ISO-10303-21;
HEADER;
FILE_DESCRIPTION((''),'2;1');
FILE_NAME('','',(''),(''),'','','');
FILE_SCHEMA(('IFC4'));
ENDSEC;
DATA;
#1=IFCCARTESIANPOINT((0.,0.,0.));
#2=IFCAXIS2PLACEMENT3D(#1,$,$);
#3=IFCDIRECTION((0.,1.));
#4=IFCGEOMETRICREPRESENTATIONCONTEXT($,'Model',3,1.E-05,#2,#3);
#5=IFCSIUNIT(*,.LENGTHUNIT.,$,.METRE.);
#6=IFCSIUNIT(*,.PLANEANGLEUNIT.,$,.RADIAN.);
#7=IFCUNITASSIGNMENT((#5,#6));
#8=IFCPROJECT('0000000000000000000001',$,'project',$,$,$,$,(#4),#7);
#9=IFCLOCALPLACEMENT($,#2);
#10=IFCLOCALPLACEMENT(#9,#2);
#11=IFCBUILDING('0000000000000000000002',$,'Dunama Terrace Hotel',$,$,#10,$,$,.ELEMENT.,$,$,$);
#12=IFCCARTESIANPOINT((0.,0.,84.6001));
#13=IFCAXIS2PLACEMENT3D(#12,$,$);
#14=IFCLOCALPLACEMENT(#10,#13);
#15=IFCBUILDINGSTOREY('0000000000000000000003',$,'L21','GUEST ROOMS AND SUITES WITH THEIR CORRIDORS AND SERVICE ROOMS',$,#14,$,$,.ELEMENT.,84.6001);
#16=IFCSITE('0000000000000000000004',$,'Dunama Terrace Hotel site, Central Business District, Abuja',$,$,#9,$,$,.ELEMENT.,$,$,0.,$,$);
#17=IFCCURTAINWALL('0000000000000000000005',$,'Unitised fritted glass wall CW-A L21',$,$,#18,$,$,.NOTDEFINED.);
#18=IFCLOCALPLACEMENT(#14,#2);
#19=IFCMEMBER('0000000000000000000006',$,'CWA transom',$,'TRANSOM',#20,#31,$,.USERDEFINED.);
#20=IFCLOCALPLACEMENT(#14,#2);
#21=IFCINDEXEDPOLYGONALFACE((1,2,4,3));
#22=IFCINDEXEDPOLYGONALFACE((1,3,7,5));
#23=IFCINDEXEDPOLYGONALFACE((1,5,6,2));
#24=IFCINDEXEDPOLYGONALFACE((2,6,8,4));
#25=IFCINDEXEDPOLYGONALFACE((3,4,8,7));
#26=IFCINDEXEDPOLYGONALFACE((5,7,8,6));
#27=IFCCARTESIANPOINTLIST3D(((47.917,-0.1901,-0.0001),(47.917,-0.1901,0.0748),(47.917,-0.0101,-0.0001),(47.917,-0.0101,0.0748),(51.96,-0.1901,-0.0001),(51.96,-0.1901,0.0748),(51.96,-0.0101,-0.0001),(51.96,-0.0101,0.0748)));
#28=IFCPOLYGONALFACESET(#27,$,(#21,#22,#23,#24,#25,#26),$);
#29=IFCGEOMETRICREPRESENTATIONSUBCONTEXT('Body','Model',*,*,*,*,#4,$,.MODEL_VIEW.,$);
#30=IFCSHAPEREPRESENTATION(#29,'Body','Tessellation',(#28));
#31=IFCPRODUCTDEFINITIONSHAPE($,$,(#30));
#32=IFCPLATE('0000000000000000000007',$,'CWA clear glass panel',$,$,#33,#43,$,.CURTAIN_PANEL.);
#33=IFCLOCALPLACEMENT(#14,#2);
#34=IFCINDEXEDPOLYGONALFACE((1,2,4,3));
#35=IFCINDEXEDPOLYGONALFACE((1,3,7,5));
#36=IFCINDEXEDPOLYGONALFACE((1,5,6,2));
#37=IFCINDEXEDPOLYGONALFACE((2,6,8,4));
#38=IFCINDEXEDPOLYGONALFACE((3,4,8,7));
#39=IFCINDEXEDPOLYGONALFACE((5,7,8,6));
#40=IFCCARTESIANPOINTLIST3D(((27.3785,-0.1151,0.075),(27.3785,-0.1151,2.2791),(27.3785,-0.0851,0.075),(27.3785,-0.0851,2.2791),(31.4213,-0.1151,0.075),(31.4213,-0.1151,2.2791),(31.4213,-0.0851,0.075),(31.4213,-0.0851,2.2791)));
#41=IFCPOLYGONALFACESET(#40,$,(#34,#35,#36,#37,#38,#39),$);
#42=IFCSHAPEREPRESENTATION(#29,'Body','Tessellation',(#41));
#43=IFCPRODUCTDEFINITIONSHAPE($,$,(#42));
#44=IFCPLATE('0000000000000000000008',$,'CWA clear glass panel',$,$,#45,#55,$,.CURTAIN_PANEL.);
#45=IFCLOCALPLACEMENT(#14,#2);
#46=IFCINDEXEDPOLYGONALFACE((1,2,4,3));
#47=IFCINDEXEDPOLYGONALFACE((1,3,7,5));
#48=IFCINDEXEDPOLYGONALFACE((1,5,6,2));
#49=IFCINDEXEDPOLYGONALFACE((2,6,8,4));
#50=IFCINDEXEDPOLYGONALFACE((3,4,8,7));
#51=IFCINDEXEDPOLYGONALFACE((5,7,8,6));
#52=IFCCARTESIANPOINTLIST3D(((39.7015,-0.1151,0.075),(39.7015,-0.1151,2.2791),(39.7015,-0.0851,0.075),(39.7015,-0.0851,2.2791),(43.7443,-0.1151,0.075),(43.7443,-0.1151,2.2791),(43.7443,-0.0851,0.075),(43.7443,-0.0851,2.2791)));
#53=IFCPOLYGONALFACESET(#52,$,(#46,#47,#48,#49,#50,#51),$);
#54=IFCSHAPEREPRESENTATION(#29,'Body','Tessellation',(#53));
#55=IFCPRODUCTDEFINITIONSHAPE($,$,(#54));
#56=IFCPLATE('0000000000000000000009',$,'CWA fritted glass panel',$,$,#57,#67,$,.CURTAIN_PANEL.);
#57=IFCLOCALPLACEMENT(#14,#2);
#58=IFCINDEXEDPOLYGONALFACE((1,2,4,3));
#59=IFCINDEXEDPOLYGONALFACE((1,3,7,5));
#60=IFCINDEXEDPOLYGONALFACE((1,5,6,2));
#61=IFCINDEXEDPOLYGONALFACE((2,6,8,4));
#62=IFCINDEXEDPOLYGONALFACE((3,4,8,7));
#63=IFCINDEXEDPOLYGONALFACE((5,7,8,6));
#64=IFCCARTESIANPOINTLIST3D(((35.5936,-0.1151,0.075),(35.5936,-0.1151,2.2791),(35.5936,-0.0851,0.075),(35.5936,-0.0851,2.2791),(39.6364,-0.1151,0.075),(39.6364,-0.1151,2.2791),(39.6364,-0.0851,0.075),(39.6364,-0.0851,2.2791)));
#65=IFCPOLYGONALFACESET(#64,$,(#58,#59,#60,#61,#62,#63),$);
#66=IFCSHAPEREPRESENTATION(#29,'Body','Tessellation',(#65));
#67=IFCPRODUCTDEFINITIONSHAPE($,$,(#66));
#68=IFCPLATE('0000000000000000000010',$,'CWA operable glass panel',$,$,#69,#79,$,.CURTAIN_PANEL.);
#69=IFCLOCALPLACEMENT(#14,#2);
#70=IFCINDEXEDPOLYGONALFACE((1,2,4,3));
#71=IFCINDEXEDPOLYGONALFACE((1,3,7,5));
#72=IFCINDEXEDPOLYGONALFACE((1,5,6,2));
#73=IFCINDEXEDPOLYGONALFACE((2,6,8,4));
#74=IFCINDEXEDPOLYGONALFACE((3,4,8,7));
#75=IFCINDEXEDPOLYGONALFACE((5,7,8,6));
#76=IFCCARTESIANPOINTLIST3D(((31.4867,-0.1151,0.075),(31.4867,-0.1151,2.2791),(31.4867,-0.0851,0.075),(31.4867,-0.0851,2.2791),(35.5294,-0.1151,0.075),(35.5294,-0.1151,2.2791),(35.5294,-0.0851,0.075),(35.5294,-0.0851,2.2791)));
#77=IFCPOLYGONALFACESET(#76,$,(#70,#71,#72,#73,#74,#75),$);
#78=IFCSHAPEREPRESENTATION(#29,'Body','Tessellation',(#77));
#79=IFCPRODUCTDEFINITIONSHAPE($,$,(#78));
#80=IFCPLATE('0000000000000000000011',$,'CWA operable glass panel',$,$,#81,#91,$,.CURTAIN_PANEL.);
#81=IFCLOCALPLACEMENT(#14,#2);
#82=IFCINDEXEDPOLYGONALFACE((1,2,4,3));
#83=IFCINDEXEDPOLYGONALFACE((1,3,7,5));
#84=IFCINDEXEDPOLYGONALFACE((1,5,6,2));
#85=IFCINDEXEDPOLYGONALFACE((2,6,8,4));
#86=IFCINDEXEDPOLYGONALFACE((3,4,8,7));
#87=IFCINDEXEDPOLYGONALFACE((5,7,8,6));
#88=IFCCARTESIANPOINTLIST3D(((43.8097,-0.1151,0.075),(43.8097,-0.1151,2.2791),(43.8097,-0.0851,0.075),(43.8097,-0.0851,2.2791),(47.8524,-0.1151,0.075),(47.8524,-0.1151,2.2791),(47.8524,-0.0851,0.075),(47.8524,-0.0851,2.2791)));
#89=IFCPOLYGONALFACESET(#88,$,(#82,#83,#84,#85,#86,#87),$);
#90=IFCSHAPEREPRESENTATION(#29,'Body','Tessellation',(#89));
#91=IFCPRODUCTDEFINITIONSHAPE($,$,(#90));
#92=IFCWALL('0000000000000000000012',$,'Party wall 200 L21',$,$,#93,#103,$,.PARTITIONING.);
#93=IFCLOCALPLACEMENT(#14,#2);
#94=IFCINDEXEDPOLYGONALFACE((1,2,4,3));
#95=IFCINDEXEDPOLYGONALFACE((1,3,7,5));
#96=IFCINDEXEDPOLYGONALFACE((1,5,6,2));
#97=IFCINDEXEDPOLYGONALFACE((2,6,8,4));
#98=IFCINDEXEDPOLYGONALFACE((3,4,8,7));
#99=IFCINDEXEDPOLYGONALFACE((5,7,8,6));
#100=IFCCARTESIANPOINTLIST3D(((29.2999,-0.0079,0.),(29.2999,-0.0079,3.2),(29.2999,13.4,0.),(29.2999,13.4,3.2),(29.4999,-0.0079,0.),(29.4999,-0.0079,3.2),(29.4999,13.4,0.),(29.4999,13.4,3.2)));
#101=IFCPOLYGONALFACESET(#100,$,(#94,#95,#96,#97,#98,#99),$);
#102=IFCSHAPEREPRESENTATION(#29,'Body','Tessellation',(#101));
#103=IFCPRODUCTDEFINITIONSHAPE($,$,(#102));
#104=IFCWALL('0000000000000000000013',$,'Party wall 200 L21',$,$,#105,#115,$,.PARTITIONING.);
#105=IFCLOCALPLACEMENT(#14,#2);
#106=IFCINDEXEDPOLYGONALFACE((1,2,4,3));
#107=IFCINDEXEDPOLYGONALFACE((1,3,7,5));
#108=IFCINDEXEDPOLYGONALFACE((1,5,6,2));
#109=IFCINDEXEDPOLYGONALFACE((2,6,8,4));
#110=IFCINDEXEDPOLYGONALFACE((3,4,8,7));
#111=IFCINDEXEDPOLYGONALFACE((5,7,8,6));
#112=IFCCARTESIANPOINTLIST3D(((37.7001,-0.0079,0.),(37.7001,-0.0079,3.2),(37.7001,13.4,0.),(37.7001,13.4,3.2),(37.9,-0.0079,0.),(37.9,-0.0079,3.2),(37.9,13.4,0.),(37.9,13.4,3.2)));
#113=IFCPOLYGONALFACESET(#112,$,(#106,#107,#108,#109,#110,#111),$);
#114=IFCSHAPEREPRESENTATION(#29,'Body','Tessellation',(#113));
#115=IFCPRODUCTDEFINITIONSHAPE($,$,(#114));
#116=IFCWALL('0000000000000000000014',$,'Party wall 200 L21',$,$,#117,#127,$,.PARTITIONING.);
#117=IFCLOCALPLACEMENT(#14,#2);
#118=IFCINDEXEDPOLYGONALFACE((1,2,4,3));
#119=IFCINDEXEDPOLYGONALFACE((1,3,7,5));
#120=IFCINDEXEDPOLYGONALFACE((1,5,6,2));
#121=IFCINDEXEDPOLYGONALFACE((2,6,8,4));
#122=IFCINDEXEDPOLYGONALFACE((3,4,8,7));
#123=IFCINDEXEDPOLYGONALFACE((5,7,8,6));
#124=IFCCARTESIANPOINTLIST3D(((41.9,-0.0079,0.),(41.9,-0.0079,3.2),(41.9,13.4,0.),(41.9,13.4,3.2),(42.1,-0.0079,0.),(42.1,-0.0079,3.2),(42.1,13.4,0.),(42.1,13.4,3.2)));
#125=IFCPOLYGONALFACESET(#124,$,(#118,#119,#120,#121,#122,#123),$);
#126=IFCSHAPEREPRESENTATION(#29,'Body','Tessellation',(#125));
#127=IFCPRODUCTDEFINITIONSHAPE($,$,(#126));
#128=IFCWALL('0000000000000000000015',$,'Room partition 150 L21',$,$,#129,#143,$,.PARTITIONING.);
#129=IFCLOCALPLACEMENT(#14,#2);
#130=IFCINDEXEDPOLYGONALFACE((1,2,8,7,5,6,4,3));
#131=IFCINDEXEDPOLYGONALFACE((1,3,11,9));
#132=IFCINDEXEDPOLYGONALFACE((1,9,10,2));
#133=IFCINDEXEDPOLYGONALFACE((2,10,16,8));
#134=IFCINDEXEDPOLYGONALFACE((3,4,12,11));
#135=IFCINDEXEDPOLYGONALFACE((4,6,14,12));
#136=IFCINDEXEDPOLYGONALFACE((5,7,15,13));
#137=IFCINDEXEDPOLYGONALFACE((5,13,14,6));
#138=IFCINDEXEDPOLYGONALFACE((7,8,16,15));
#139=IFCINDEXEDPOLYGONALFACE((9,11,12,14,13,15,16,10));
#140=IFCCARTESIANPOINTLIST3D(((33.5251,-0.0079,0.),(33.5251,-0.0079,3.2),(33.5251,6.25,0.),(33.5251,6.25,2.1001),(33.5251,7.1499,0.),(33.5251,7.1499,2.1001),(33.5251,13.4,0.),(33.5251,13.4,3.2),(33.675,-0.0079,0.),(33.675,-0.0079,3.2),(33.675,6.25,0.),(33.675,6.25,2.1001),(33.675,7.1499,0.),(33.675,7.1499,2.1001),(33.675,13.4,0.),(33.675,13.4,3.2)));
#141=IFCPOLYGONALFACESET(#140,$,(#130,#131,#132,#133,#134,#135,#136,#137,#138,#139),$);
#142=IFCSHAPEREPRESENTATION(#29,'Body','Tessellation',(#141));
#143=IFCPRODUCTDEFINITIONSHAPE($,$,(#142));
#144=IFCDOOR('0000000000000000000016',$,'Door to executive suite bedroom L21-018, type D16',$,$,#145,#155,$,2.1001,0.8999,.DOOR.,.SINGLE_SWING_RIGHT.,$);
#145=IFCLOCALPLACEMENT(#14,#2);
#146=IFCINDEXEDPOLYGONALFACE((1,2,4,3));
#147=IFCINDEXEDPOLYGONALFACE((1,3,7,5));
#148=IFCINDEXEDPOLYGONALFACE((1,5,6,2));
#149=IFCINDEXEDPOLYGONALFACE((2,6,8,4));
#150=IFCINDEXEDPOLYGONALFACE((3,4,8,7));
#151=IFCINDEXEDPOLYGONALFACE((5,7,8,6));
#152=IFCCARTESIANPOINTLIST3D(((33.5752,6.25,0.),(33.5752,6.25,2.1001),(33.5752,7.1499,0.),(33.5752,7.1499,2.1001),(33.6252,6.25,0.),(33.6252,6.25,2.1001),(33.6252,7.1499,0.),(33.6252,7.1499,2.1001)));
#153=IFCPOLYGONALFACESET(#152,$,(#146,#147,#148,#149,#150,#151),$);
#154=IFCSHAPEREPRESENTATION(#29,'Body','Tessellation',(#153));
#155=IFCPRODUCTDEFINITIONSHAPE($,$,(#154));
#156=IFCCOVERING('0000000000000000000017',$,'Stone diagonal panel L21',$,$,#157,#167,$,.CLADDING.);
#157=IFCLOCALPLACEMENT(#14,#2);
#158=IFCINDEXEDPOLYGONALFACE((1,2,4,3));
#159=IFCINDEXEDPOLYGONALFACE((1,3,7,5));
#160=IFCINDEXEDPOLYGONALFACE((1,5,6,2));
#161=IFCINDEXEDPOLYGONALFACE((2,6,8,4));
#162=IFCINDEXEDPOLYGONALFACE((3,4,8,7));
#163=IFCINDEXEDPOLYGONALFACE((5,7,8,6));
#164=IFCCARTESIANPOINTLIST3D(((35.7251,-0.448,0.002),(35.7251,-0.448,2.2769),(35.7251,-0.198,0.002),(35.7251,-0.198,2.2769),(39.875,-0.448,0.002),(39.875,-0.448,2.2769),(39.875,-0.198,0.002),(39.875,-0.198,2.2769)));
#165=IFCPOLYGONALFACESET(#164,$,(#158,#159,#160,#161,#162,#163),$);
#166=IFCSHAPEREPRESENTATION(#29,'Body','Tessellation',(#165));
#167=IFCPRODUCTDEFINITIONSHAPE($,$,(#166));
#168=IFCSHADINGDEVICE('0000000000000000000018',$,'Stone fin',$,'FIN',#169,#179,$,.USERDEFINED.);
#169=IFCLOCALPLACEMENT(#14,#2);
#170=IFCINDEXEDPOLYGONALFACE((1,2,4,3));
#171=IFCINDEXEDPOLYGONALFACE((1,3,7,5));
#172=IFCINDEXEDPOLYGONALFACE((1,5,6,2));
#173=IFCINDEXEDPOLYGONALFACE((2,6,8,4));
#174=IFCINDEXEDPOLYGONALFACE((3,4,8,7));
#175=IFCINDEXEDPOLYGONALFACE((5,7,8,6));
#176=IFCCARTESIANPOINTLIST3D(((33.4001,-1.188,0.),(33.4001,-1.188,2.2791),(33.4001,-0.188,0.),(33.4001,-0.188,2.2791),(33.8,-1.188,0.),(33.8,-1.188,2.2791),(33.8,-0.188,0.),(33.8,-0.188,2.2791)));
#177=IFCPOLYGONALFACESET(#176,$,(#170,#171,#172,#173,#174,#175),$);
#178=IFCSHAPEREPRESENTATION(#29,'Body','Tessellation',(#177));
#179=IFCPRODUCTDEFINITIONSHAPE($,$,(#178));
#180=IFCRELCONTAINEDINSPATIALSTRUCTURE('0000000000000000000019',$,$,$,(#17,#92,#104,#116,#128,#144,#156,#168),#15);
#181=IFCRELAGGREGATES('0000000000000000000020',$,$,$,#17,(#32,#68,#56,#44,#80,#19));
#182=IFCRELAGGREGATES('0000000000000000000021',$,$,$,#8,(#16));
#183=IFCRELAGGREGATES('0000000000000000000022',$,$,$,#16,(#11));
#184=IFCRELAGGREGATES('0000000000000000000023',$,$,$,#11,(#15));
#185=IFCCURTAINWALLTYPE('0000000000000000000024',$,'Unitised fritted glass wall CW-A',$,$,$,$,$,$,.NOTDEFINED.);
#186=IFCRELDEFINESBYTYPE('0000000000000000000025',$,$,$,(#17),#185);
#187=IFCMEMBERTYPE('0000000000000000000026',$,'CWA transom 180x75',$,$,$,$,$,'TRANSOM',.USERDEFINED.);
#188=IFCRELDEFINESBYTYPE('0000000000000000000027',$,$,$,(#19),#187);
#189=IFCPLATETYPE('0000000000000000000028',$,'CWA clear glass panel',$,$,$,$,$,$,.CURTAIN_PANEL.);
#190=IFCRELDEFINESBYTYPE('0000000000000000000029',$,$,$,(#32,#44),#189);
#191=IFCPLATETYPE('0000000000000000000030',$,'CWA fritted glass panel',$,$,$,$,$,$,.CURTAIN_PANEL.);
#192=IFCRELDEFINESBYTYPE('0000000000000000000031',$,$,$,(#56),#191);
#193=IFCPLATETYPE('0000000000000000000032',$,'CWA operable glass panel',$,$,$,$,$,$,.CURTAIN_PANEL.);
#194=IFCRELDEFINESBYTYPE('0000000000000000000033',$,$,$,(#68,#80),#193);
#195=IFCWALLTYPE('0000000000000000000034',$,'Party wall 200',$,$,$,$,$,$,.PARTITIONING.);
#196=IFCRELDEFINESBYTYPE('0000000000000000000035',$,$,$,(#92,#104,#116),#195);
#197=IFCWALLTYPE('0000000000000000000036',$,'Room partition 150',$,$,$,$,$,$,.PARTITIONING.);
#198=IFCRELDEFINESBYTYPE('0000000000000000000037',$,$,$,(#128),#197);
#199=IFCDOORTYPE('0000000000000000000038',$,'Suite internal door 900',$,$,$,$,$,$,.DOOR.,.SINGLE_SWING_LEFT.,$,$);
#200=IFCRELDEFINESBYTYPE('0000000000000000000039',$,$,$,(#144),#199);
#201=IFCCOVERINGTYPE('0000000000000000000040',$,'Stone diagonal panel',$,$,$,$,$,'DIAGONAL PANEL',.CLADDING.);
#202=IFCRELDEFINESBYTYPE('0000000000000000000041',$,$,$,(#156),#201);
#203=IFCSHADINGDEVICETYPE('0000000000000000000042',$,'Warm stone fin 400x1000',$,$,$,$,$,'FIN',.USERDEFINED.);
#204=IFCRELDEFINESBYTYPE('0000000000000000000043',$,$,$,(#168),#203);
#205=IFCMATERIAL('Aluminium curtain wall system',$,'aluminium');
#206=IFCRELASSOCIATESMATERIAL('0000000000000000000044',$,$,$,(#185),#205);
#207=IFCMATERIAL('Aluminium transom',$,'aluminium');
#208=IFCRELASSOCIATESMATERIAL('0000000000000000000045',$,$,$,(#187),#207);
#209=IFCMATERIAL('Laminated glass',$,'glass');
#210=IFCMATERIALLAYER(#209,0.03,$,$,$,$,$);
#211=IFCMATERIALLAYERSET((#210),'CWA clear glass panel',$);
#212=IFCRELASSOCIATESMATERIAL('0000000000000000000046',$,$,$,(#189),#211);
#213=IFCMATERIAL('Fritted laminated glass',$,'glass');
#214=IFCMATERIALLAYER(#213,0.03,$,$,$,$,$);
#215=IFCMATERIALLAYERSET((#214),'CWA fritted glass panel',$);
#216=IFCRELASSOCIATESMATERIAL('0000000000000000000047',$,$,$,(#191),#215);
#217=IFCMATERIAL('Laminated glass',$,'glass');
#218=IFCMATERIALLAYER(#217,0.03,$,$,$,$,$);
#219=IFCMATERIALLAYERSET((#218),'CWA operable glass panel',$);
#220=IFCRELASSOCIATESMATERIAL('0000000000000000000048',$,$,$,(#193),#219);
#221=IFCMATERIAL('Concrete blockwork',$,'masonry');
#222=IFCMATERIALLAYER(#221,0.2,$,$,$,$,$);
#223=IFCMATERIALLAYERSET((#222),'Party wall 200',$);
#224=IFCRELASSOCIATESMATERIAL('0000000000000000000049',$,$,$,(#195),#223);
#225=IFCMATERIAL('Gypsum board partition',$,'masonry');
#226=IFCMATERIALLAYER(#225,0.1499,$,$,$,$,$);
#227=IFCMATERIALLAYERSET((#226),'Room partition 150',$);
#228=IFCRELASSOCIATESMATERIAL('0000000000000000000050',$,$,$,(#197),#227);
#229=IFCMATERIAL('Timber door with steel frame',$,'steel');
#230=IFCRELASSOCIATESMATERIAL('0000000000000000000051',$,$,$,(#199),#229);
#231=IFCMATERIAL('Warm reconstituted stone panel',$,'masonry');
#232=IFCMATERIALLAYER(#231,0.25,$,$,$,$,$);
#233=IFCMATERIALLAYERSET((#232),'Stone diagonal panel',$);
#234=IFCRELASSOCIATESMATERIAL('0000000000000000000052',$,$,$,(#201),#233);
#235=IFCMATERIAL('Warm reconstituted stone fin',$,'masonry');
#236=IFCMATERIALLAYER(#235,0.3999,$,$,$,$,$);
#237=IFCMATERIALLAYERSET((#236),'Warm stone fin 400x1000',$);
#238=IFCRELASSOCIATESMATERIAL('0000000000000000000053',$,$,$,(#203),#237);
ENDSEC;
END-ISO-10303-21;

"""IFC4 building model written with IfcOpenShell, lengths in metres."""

from ifc_helpers import new_model, si_unit, direction, frame, frame_2d, origin, origin_2d, place, context, subcontext, project, spatial, rectangle, extrude, material, layer, layer_set, material_profile, profile_set, type_object, element, fill, aggregate, save


model = new_model("IFC4")

# Units and contexts
model_context = context("Model", 3, precision=1e-05, world=origin(), true_north=direction((0.0, 1.0)))
body_context = subcontext(model_context, "Body", "Model", "MODEL_VIEW")
ifc_project = project(units=[si_unit("LENGTHUNIT", "METRE"), si_unit("PLANEANGLEUNIT", "RADIAN")], contexts=[model_context])

# Site, building, storey
site_placement = place(None, origin())
site = spatial("IfcSite", under=ifc_project, at=site_placement, Name="Dunama Terrace Hotel site, Central Business District, Abuja", CompositionType="ELEMENT", RefElevation=0.0)
building_placement = place(site_placement, origin())
building = spatial("IfcBuilding", under=site, at=building_placement, Name="Dunama Terrace Hotel", CompositionType="ELEMENT")
storey_placement = place(building_placement, frame((0.0, 0.0, 84.6001)))
storey = spatial("IfcBuildingStorey", under=building, at=storey_placement, Name="L21", Description="GUEST ROOMS AND SUITES WITH THEIR CORRIDORS AND SERVICE ROOMS", CompositionType="ELEMENT", Elevation=84.6001)

# Curtain wall, member, plates
ifc_material_1 = material(Name="Aluminium curtain wall system", Category="aluminium")
curtain_wall_type = type_object("IfcCurtainWallType", Name="Unitised fritted glass wall CW-A", PredefinedType="NOTDEFINED", material=ifc_material_1)
curtain_wall_placement = place(storey_placement, origin())
curtain_wall = element("IfcCurtainWall", 1, at=curtain_wall_placement, inside=storey, type_object=curtain_wall_type, Name="Unitised fritted glass wall CW-A L21", PredefinedType="NOTDEFINED")
ifc_material_2 = material(Name="Aluminium transom", Category="aluminium")
ifc_material_profile_1 = material_profile(ifc_material_2, rectangle(XDim=0.1799, YDim=0.075, at=origin_2d()), Name="CWA TRANSOM 180X75")
ifc_profile_set_1 = profile_set([ifc_material_profile_1], Name="Aluminium transom")
member_type_1 = type_object("IfcMemberType", Name="CWA transom 180x75", ElementType="TRANSOM", PredefinedType="USERDEFINED", material=ifc_profile_set_1)
member_1_placement = place(storey_placement, frame((47.917, -0.1001, 0.0374), z_axis=(1.0, 0.0, 0.0), x_axis=(0.0, 1.0, 0.0)))
member_1 = element("IfcMember", 2, at=member_1_placement, type_object=member_type_1, Name="CWA transom", ObjectType="TRANSOM", PredefinedType="USERDEFINED", context=body_context, shape_type="SweptSolid", body=[
    extrude(rectangle(XDim=0.1799, YDim=0.075, at=origin_2d()), origin(), (0.0, 0.0, 1.0), 4.043),
])
ifc_material_3 = material(Name="Laminated glass", Category="glass")
ifc_layer_1 = layer(ifc_material_3, 0.03)
ifc_layer_set_1 = layer_set([ifc_layer_1], Name="CWA clear glass panel")
plate_type_1 = type_object("IfcPlateType", Name="CWA clear glass panel", PredefinedType="CURTAIN_PANEL", material=ifc_layer_set_1)
plate_1_placement = place(storey_placement, frame((29.3999, -0.1001, 0.075), z_axis=(0.0, 0.0, 1.0), x_axis=(1.0, 0.0, 0.0)))
plate_1 = element("IfcPlate", 3, at=plate_1_placement, type_object=plate_type_1, Name="CWA clear glass panel", PredefinedType="CURTAIN_PANEL", context=body_context, shape_type="SweptSolid", body=[
    extrude(rectangle(XDim=4.0427, YDim=0.03, at=origin_2d()), origin(), (0.0, 0.0, 1.0), 2.2041),
])
plate_2_placement = place(storey_placement, frame((41.7229, -0.1001, 0.075), z_axis=(0.0, 0.0, 1.0), x_axis=(1.0, 0.0, 0.0)))
plate_2 = element("IfcPlate", 4, at=plate_2_placement, type_object=plate_type_1, Name="CWA clear glass panel", PredefinedType="CURTAIN_PANEL", context=body_context, shape_type="SweptSolid", body=[
    extrude(rectangle(XDim=4.0427, YDim=0.03, at=origin_2d()), origin(), (0.0, 0.0, 1.0), 2.2041),
])
ifc_material_4 = material(Name="Fritted laminated glass", Category="glass")
ifc_layer_2 = layer(ifc_material_4, 0.03)
ifc_layer_set_2 = layer_set([ifc_layer_2], Name="CWA fritted glass panel")
plate_type_2 = type_object("IfcPlateType", Name="CWA fritted glass panel", PredefinedType="CURTAIN_PANEL", material=ifc_layer_set_2)
plate_3_placement = place(storey_placement, frame((37.615, -0.1001, 0.075), z_axis=(0.0, 0.0, 1.0), x_axis=(1.0, 0.0, 0.0)))
plate_3 = element("IfcPlate", 5, at=plate_3_placement, type_object=plate_type_2, Name="CWA fritted glass panel", PredefinedType="CURTAIN_PANEL", context=body_context, shape_type="SweptSolid", body=[
    extrude(rectangle(XDim=4.0427, YDim=0.03, at=origin_2d()), origin(), (0.0, 0.0, 1.0), 2.2041),
])
ifc_material_5 = material(Name="Laminated glass", Category="glass")
ifc_layer_3 = layer(ifc_material_5, 0.03)
ifc_layer_set_3 = layer_set([ifc_layer_3], Name="CWA operable glass panel")
plate_type_3 = type_object("IfcPlateType", Name="CWA operable glass panel", PredefinedType="CURTAIN_PANEL", material=ifc_layer_set_3)
plate_4_placement = place(storey_placement, frame((33.5081, -0.1001, 0.075), z_axis=(0.0, 0.0, 1.0), x_axis=(1.0, 0.0, 0.0)))
plate_4 = element("IfcPlate", 6, at=plate_4_placement, type_object=plate_type_3, Name="CWA operable glass panel", PredefinedType="CURTAIN_PANEL", context=body_context, shape_type="SweptSolid", body=[
    extrude(rectangle(XDim=4.0427, YDim=0.03, at=origin_2d()), origin(), (0.0, 0.0, 1.0), 2.2041),
])
plate_5_placement = place(storey_placement, frame((45.8311, -0.1001, 0.075), z_axis=(0.0, 0.0, 1.0), x_axis=(1.0, 0.0, 0.0)))
plate_5 = element("IfcPlate", 7, at=plate_5_placement, type_object=plate_type_3, Name="CWA operable glass panel", PredefinedType="CURTAIN_PANEL", context=body_context, shape_type="SweptSolid", body=[
    extrude(rectangle(XDim=4.0427, YDim=0.03, at=origin_2d()), origin(), (0.0, 0.0, 1.0), 2.2041),
])
aggregate(curtain_wall, [plate_1, plate_4, plate_3, plate_2, plate_5, member_1])

# Walls
ifc_material_6 = material(Name="Concrete blockwork", Category="masonry")
ifc_layer_4 = layer(ifc_material_6, 0.2)
ifc_layer_set_4 = layer_set([ifc_layer_4], Name="Party wall 200")
wall_type_1 = type_object("IfcWallType", Name="Party wall 200", PredefinedType="PARTITIONING", material=ifc_layer_set_4)
for number, where, z_axis, x_axis, name in (
    (8, (29.3999, -0.0081, 0.0), (0.0, 0.0, 1.0), (0.0, 1.0, 0.0), "Party wall 200 L21"),
    (9, (37.8, -0.0081, 0.0), (0.0, 0.0, 1.0), (0.0, 1.0, 0.0), "Party wall 200 L21"),
    (10, (42.0, -0.0081, 0.0), (0.0, 0.0, 1.0), (0.0, 1.0, 0.0), "Party wall 200 L21"),
):
    element("IfcWall", number, at=place(storey_placement, frame(where, z_axis=z_axis, x_axis=x_axis)), inside=storey, type_object=wall_type_1, Name=name, PredefinedType="PARTITIONING", context=body_context, shape_type="SweptSolid", body=[
        extrude(rectangle(XDim=13.408, YDim=0.2, at=frame_2d((6.7041, 0.0))), origin(), (0.0, 0.0, 1.0), 3.2),
    ])

# Wall, opening, door
ifc_material_7 = material(Name="Gypsum board partition", Category="masonry")
ifc_layer_5 = layer(ifc_material_7, 0.1499)
ifc_layer_set_5 = layer_set([ifc_layer_5], Name="Room partition 150")
wall_type_2 = type_object("IfcWallType", Name="Room partition 150", PredefinedType="PARTITIONING", material=ifc_layer_set_5)
wall_placement = place(storey_placement, frame((33.6001, -0.0081, 0.0), z_axis=(0.0, 0.0, 1.0), x_axis=(0.0, 1.0, 0.0)))
wall = element("IfcWall", 11, at=wall_placement, inside=storey, type_object=wall_type_2, Name="Room partition 150 L21", PredefinedType="PARTITIONING", context=body_context, shape_type="SweptSolid", body=[
    extrude(rectangle(XDim=13.408, YDim=0.1499, at=frame_2d((6.7041, 0.0))), origin(), (0.0, 0.0, 1.0), 3.2),
])
opening_placement = place(wall_placement, frame((6.2581, 0.0, 0.0)))
opening = element("IfcOpeningElement", 12, at=opening_placement, cuts=wall, PredefinedType="OPENING", context=body_context, shape_type="SweptSolid", body=[
    extrude(rectangle(XDim=0.8999, YDim=2.1001, at=frame_2d((0.45, 1.05))), frame((0.0, 0.085, 0.0), z_axis=(0.0, -1.0, 0.0), x_axis=(1.0, 0.0, 0.0)), (0.0, 0.0, 1.0), 0.1699),
])
ifc_material_8 = material(Name="Timber door with steel frame", Category="steel")
door_type = type_object("IfcDoorType", Name="Suite internal door 900", OperationType="SINGLE_SWING_LEFT", PredefinedType="DOOR", material=ifc_material_8)
door_placement = place(opening_placement, frame((0.8999, 0.0, 0.0), z_axis=(0.0, 0.0, 1.0), x_axis=(-1.0, 0.0, 0.0)))
door = element("IfcDoor", 13, at=door_placement, inside=storey, type_object=door_type, Name="Door to executive suite bedroom L21-018, type D16", OperationType="SINGLE_SWING_RIGHT", OverallHeight=2.1001, OverallWidth=0.8999, PredefinedType="DOOR", context=body_context, shape_type="SweptSolid", body=[
    extrude(rectangle(XDim=0.8999, YDim=2.1001, at=frame_2d((0.45, 1.05))), frame((0.0, 0.0251, 0.0), z_axis=(0.0, -1.0, 0.0), x_axis=(1.0, 0.0, 0.0)), (0.0, 0.0, 1.0), 0.05),
])
fill(opening, door)

# Covering
ifc_material_9 = material(Name="Warm reconstituted stone panel", Category="masonry")
ifc_layer_6 = layer(ifc_material_9, 0.25)
ifc_layer_set_6 = layer_set([ifc_layer_6], Name="Stone diagonal panel")
covering_type = type_object("IfcCoveringType", Name="Stone diagonal panel", ElementType="DIAGONAL PANEL", PredefinedType="CLADDING", material=ifc_layer_set_6)
covering_placement = place(storey_placement, frame((37.8, -0.323, 0.002), z_axis=(0.0, 0.0, 1.0), x_axis=(1.0, 0.0, 0.0)))
element("IfcCovering", 14, at=covering_placement, inside=storey, type_object=covering_type, Name="Stone diagonal panel L21", PredefinedType="CLADDING", context=body_context, shape_type="SweptSolid", body=[
    extrude(rectangle(XDim=4.1499, YDim=0.25, at=origin_2d()), origin(), (0.0, 0.0, 1.0), 2.2749),
])

# Shading device
ifc_material_10 = material(Name="Warm reconstituted stone fin", Category="masonry")
ifc_layer_7 = layer(ifc_material_10, 0.3999)
ifc_layer_set_7 = layer_set([ifc_layer_7], Name="Warm stone fin 400x1000")
shading_device_type = type_object("IfcShadingDeviceType", Name="Warm stone fin 400x1000", ElementType="FIN", PredefinedType="USERDEFINED", material=ifc_layer_set_7)
for number, where, z_axis, x_axis, name in (
    (15, (33.6001, -0.688, 0.0), (0.0, 0.0, 1.0), (1.0, 0.0, 0.0), "Stone fin"),
):
    element("IfcShadingDevice", number, at=place(storey_placement, frame(where, z_axis=z_axis, x_axis=x_axis)), inside=storey, type_object=shading_device_type, Name=name, ObjectType="FIN", PredefinedType="USERDEFINED", context=body_context, shape_type="SweptSolid", body=[
        extrude(rectangle(XDim=0.3999, YDim=1.0, at=origin_2d()), origin(), (0.0, 0.0, 1.0), 2.2791),
    ])

save(model, "model.ifc")
